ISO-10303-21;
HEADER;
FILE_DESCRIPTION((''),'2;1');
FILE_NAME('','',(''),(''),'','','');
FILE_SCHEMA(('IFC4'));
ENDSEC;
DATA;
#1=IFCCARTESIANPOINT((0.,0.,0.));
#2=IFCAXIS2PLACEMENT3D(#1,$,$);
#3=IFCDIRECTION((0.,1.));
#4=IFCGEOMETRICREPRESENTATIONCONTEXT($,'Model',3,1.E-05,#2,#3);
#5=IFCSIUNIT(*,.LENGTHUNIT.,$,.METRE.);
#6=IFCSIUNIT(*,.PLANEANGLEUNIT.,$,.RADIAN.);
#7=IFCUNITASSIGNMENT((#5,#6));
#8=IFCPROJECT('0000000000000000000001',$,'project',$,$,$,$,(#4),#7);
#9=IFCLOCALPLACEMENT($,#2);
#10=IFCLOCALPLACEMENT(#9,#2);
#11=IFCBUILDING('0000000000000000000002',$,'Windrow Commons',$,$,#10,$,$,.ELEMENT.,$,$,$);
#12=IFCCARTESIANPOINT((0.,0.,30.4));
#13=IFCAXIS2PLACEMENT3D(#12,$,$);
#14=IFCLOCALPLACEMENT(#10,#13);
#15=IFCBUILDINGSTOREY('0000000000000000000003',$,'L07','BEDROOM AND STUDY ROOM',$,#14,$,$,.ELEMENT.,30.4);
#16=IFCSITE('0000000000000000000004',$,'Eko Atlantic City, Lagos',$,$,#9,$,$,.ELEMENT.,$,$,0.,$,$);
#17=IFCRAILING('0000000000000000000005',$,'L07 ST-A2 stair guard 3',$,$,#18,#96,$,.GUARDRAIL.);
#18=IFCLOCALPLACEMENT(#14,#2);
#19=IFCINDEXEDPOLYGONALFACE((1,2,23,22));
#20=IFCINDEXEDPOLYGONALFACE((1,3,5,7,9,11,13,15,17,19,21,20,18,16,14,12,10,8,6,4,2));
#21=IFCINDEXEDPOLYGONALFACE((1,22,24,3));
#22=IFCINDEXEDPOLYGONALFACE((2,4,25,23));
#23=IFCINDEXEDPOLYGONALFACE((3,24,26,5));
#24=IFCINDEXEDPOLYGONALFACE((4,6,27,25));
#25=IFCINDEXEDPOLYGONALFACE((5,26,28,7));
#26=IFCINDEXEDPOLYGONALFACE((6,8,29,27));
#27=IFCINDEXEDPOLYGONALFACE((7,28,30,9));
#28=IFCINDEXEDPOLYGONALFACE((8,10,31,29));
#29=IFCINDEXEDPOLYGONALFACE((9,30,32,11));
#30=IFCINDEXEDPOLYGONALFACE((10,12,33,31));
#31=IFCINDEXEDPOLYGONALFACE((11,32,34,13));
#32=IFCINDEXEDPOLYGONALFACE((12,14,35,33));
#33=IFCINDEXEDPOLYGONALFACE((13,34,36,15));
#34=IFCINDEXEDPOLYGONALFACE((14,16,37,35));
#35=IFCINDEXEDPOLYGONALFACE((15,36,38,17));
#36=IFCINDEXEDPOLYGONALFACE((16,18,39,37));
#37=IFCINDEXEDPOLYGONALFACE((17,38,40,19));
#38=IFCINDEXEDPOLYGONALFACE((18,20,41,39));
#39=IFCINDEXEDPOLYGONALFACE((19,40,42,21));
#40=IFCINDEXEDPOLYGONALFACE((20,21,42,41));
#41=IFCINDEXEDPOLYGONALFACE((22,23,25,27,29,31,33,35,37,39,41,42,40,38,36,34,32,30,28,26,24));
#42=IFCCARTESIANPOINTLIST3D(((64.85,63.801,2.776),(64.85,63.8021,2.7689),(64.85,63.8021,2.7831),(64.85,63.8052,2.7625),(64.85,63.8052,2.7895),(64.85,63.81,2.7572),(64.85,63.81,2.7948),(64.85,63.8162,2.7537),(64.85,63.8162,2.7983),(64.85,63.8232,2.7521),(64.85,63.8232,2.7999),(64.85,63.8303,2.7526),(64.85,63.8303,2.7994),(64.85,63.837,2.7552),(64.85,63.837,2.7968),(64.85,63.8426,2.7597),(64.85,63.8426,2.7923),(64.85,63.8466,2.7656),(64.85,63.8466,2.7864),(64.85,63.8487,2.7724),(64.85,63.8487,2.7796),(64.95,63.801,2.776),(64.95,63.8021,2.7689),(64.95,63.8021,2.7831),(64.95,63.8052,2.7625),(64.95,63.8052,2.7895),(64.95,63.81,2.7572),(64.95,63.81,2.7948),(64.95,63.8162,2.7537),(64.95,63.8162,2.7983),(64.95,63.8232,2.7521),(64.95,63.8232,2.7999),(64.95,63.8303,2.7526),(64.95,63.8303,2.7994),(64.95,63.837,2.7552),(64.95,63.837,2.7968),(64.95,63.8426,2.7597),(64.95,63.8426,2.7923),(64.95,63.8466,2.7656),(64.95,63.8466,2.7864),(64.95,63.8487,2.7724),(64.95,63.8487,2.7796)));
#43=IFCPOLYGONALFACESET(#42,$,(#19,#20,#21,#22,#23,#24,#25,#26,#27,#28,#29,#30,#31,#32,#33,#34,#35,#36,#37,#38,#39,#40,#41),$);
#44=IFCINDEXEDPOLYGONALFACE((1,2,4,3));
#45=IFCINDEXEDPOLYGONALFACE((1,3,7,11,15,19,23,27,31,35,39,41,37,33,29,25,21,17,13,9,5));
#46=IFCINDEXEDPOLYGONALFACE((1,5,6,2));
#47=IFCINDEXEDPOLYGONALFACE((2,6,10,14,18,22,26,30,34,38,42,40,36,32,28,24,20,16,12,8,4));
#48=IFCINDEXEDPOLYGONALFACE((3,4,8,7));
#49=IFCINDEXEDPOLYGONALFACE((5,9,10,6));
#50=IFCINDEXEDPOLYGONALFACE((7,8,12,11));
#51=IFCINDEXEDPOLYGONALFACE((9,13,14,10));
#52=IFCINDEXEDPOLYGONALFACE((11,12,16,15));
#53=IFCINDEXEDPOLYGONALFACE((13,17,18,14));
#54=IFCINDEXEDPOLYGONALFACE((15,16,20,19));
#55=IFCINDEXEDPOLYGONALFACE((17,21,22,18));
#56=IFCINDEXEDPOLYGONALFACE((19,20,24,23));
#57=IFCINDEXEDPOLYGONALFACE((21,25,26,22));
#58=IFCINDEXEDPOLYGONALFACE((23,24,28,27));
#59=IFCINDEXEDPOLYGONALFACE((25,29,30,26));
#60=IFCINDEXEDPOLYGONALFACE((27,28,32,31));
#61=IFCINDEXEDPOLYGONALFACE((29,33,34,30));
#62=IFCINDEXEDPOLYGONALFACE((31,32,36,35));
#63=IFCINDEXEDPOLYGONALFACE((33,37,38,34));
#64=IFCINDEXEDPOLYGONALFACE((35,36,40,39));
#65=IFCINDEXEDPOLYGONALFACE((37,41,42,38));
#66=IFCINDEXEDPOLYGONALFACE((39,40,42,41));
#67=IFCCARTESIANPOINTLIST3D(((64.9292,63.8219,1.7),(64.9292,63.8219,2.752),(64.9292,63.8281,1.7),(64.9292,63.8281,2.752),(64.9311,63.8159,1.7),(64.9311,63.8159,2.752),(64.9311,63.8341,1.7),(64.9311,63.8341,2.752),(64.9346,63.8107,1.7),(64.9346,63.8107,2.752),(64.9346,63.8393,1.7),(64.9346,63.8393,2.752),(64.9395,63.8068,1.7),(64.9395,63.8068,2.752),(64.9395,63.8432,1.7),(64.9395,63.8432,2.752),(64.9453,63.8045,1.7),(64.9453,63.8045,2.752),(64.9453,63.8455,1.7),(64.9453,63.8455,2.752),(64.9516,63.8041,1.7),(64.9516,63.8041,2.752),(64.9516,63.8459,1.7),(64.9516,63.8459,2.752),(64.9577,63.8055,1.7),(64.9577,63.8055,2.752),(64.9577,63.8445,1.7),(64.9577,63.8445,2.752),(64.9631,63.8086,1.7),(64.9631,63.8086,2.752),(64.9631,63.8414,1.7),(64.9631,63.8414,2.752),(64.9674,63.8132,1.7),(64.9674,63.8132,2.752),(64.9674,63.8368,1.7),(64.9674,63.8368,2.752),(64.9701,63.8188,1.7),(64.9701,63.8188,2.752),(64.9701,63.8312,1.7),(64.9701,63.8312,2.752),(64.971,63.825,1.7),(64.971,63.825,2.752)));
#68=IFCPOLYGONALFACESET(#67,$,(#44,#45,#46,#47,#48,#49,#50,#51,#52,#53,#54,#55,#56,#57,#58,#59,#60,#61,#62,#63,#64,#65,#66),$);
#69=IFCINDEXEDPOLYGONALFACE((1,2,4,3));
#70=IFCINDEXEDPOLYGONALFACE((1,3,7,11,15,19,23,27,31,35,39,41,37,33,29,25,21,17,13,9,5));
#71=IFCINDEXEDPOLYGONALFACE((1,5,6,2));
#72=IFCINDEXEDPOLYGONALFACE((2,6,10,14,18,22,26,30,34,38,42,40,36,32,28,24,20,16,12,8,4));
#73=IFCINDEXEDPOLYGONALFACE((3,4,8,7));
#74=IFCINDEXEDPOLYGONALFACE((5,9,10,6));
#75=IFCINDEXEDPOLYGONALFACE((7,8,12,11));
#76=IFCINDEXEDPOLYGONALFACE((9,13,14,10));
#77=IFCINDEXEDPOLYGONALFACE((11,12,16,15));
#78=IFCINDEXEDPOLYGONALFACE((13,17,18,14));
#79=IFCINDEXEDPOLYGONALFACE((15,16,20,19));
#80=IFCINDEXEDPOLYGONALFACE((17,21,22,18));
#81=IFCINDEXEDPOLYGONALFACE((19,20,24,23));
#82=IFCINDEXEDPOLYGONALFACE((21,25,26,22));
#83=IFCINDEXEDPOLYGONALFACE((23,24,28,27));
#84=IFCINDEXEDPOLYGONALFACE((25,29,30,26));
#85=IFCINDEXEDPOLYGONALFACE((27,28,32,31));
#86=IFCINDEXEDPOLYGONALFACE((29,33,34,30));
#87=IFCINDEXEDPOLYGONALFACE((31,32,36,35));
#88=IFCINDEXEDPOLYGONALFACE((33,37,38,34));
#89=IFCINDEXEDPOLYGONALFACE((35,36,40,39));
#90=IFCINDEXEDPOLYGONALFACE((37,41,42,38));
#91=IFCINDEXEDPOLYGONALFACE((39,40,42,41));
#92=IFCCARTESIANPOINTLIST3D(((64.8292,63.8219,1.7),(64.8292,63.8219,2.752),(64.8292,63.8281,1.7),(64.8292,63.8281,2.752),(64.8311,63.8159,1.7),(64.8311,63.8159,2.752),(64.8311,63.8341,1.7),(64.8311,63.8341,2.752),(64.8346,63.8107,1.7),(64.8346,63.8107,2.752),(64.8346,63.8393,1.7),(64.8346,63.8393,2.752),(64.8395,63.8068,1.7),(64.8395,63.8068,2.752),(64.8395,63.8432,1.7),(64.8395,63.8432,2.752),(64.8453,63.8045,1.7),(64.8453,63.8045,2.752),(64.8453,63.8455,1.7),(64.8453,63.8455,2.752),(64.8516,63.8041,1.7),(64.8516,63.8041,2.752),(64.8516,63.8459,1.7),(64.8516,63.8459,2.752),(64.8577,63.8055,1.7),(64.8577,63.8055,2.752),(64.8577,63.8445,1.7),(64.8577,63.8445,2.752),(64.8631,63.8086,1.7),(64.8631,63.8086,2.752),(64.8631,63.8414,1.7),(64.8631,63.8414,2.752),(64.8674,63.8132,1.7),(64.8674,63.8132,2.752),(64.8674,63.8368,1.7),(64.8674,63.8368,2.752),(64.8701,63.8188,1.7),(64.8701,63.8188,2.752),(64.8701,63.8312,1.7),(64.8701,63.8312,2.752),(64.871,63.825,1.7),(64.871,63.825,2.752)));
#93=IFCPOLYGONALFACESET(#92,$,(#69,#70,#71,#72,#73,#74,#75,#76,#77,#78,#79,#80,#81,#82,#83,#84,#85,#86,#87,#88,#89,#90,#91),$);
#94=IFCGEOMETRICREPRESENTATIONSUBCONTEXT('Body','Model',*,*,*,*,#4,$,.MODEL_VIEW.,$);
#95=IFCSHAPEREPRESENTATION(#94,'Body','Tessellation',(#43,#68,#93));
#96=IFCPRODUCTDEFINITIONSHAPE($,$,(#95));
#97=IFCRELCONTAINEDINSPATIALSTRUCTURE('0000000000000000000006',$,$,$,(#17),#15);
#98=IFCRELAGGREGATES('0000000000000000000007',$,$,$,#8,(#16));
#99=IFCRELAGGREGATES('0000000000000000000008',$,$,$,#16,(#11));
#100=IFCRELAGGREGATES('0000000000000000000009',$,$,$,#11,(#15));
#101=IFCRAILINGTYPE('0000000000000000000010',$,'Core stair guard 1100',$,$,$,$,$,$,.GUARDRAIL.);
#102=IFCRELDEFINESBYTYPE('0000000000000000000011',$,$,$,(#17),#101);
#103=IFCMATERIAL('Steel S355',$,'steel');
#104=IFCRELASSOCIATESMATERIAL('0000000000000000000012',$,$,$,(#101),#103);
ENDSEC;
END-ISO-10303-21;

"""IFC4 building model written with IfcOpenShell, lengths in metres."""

from ifc_helpers import new_model, si_unit, direction, frame, origin, origin_2d, place, context, subcontext, project, spatial, circle, extrude, material, type_object, element, save


model = new_model("IFC4")

# Units and contexts
model_context = context("Model", 3, precision=1e-05, world=origin(), true_north=direction((0.0, 1.0)))
body_context = subcontext(model_context, "Body", "Model", "MODEL_VIEW")
ifc_project = project(units=[si_unit("LENGTHUNIT", "METRE"), si_unit("PLANEANGLEUNIT", "RADIAN")], contexts=[model_context])

# Site, building, storey
site_placement = place(None, origin())
site = spatial("IfcSite", under=ifc_project, at=site_placement, Name="Eko Atlantic City, Lagos", CompositionType="ELEMENT", RefElevation=0.0)
building_placement = place(site_placement, origin())
building = spatial("IfcBuilding", under=site, at=building_placement, Name="Windrow Commons", CompositionType="ELEMENT")
storey_placement = place(building_placement, frame((0.0, 0.0, 30.4)))
storey = spatial("IfcBuildingStorey", under=building, at=storey_placement, Name="L07", Description="BEDROOM AND STUDY ROOM", CompositionType="ELEMENT", Elevation=30.4)

# Railing
ifc_material_1 = material(Name="Steel S355", Category="steel")
railing_type_1 = type_object("IfcRailingType", Name="Core stair guard 1100", PredefinedType="GUARDRAIL", material=ifc_material_1)
railing_1_placement = place(storey_placement, frame((64.95, 63.825, 1.7)))
element("IfcRailing", 1, at=railing_1_placement, inside=storey, type_object=railing_type_1, Name="L07 ST-A2 stair guard 3", PredefinedType="GUARDRAIL", context=body_context, shape_type="SweptSolid", body=[
    extrude(circle(Radius=0.024, at=origin_2d()), frame((0.0, 0.0, 1.076), z_axis=(-1.0, 0.0, 0.0), x_axis=(0.0, -1.0, 0.0)), (0.0, 0.0, 1.0), 0.1),
    extrude(circle(Radius=0.021, at=origin_2d()), origin(), (0.0, 0.0, 1.0), 1.052),
    extrude(circle(Radius=0.021, at=origin_2d()), frame((-0.1, 0.0, 0.0)), (0.0, 0.0, 1.0), 1.052),
])

save(model, "model.ifc")
